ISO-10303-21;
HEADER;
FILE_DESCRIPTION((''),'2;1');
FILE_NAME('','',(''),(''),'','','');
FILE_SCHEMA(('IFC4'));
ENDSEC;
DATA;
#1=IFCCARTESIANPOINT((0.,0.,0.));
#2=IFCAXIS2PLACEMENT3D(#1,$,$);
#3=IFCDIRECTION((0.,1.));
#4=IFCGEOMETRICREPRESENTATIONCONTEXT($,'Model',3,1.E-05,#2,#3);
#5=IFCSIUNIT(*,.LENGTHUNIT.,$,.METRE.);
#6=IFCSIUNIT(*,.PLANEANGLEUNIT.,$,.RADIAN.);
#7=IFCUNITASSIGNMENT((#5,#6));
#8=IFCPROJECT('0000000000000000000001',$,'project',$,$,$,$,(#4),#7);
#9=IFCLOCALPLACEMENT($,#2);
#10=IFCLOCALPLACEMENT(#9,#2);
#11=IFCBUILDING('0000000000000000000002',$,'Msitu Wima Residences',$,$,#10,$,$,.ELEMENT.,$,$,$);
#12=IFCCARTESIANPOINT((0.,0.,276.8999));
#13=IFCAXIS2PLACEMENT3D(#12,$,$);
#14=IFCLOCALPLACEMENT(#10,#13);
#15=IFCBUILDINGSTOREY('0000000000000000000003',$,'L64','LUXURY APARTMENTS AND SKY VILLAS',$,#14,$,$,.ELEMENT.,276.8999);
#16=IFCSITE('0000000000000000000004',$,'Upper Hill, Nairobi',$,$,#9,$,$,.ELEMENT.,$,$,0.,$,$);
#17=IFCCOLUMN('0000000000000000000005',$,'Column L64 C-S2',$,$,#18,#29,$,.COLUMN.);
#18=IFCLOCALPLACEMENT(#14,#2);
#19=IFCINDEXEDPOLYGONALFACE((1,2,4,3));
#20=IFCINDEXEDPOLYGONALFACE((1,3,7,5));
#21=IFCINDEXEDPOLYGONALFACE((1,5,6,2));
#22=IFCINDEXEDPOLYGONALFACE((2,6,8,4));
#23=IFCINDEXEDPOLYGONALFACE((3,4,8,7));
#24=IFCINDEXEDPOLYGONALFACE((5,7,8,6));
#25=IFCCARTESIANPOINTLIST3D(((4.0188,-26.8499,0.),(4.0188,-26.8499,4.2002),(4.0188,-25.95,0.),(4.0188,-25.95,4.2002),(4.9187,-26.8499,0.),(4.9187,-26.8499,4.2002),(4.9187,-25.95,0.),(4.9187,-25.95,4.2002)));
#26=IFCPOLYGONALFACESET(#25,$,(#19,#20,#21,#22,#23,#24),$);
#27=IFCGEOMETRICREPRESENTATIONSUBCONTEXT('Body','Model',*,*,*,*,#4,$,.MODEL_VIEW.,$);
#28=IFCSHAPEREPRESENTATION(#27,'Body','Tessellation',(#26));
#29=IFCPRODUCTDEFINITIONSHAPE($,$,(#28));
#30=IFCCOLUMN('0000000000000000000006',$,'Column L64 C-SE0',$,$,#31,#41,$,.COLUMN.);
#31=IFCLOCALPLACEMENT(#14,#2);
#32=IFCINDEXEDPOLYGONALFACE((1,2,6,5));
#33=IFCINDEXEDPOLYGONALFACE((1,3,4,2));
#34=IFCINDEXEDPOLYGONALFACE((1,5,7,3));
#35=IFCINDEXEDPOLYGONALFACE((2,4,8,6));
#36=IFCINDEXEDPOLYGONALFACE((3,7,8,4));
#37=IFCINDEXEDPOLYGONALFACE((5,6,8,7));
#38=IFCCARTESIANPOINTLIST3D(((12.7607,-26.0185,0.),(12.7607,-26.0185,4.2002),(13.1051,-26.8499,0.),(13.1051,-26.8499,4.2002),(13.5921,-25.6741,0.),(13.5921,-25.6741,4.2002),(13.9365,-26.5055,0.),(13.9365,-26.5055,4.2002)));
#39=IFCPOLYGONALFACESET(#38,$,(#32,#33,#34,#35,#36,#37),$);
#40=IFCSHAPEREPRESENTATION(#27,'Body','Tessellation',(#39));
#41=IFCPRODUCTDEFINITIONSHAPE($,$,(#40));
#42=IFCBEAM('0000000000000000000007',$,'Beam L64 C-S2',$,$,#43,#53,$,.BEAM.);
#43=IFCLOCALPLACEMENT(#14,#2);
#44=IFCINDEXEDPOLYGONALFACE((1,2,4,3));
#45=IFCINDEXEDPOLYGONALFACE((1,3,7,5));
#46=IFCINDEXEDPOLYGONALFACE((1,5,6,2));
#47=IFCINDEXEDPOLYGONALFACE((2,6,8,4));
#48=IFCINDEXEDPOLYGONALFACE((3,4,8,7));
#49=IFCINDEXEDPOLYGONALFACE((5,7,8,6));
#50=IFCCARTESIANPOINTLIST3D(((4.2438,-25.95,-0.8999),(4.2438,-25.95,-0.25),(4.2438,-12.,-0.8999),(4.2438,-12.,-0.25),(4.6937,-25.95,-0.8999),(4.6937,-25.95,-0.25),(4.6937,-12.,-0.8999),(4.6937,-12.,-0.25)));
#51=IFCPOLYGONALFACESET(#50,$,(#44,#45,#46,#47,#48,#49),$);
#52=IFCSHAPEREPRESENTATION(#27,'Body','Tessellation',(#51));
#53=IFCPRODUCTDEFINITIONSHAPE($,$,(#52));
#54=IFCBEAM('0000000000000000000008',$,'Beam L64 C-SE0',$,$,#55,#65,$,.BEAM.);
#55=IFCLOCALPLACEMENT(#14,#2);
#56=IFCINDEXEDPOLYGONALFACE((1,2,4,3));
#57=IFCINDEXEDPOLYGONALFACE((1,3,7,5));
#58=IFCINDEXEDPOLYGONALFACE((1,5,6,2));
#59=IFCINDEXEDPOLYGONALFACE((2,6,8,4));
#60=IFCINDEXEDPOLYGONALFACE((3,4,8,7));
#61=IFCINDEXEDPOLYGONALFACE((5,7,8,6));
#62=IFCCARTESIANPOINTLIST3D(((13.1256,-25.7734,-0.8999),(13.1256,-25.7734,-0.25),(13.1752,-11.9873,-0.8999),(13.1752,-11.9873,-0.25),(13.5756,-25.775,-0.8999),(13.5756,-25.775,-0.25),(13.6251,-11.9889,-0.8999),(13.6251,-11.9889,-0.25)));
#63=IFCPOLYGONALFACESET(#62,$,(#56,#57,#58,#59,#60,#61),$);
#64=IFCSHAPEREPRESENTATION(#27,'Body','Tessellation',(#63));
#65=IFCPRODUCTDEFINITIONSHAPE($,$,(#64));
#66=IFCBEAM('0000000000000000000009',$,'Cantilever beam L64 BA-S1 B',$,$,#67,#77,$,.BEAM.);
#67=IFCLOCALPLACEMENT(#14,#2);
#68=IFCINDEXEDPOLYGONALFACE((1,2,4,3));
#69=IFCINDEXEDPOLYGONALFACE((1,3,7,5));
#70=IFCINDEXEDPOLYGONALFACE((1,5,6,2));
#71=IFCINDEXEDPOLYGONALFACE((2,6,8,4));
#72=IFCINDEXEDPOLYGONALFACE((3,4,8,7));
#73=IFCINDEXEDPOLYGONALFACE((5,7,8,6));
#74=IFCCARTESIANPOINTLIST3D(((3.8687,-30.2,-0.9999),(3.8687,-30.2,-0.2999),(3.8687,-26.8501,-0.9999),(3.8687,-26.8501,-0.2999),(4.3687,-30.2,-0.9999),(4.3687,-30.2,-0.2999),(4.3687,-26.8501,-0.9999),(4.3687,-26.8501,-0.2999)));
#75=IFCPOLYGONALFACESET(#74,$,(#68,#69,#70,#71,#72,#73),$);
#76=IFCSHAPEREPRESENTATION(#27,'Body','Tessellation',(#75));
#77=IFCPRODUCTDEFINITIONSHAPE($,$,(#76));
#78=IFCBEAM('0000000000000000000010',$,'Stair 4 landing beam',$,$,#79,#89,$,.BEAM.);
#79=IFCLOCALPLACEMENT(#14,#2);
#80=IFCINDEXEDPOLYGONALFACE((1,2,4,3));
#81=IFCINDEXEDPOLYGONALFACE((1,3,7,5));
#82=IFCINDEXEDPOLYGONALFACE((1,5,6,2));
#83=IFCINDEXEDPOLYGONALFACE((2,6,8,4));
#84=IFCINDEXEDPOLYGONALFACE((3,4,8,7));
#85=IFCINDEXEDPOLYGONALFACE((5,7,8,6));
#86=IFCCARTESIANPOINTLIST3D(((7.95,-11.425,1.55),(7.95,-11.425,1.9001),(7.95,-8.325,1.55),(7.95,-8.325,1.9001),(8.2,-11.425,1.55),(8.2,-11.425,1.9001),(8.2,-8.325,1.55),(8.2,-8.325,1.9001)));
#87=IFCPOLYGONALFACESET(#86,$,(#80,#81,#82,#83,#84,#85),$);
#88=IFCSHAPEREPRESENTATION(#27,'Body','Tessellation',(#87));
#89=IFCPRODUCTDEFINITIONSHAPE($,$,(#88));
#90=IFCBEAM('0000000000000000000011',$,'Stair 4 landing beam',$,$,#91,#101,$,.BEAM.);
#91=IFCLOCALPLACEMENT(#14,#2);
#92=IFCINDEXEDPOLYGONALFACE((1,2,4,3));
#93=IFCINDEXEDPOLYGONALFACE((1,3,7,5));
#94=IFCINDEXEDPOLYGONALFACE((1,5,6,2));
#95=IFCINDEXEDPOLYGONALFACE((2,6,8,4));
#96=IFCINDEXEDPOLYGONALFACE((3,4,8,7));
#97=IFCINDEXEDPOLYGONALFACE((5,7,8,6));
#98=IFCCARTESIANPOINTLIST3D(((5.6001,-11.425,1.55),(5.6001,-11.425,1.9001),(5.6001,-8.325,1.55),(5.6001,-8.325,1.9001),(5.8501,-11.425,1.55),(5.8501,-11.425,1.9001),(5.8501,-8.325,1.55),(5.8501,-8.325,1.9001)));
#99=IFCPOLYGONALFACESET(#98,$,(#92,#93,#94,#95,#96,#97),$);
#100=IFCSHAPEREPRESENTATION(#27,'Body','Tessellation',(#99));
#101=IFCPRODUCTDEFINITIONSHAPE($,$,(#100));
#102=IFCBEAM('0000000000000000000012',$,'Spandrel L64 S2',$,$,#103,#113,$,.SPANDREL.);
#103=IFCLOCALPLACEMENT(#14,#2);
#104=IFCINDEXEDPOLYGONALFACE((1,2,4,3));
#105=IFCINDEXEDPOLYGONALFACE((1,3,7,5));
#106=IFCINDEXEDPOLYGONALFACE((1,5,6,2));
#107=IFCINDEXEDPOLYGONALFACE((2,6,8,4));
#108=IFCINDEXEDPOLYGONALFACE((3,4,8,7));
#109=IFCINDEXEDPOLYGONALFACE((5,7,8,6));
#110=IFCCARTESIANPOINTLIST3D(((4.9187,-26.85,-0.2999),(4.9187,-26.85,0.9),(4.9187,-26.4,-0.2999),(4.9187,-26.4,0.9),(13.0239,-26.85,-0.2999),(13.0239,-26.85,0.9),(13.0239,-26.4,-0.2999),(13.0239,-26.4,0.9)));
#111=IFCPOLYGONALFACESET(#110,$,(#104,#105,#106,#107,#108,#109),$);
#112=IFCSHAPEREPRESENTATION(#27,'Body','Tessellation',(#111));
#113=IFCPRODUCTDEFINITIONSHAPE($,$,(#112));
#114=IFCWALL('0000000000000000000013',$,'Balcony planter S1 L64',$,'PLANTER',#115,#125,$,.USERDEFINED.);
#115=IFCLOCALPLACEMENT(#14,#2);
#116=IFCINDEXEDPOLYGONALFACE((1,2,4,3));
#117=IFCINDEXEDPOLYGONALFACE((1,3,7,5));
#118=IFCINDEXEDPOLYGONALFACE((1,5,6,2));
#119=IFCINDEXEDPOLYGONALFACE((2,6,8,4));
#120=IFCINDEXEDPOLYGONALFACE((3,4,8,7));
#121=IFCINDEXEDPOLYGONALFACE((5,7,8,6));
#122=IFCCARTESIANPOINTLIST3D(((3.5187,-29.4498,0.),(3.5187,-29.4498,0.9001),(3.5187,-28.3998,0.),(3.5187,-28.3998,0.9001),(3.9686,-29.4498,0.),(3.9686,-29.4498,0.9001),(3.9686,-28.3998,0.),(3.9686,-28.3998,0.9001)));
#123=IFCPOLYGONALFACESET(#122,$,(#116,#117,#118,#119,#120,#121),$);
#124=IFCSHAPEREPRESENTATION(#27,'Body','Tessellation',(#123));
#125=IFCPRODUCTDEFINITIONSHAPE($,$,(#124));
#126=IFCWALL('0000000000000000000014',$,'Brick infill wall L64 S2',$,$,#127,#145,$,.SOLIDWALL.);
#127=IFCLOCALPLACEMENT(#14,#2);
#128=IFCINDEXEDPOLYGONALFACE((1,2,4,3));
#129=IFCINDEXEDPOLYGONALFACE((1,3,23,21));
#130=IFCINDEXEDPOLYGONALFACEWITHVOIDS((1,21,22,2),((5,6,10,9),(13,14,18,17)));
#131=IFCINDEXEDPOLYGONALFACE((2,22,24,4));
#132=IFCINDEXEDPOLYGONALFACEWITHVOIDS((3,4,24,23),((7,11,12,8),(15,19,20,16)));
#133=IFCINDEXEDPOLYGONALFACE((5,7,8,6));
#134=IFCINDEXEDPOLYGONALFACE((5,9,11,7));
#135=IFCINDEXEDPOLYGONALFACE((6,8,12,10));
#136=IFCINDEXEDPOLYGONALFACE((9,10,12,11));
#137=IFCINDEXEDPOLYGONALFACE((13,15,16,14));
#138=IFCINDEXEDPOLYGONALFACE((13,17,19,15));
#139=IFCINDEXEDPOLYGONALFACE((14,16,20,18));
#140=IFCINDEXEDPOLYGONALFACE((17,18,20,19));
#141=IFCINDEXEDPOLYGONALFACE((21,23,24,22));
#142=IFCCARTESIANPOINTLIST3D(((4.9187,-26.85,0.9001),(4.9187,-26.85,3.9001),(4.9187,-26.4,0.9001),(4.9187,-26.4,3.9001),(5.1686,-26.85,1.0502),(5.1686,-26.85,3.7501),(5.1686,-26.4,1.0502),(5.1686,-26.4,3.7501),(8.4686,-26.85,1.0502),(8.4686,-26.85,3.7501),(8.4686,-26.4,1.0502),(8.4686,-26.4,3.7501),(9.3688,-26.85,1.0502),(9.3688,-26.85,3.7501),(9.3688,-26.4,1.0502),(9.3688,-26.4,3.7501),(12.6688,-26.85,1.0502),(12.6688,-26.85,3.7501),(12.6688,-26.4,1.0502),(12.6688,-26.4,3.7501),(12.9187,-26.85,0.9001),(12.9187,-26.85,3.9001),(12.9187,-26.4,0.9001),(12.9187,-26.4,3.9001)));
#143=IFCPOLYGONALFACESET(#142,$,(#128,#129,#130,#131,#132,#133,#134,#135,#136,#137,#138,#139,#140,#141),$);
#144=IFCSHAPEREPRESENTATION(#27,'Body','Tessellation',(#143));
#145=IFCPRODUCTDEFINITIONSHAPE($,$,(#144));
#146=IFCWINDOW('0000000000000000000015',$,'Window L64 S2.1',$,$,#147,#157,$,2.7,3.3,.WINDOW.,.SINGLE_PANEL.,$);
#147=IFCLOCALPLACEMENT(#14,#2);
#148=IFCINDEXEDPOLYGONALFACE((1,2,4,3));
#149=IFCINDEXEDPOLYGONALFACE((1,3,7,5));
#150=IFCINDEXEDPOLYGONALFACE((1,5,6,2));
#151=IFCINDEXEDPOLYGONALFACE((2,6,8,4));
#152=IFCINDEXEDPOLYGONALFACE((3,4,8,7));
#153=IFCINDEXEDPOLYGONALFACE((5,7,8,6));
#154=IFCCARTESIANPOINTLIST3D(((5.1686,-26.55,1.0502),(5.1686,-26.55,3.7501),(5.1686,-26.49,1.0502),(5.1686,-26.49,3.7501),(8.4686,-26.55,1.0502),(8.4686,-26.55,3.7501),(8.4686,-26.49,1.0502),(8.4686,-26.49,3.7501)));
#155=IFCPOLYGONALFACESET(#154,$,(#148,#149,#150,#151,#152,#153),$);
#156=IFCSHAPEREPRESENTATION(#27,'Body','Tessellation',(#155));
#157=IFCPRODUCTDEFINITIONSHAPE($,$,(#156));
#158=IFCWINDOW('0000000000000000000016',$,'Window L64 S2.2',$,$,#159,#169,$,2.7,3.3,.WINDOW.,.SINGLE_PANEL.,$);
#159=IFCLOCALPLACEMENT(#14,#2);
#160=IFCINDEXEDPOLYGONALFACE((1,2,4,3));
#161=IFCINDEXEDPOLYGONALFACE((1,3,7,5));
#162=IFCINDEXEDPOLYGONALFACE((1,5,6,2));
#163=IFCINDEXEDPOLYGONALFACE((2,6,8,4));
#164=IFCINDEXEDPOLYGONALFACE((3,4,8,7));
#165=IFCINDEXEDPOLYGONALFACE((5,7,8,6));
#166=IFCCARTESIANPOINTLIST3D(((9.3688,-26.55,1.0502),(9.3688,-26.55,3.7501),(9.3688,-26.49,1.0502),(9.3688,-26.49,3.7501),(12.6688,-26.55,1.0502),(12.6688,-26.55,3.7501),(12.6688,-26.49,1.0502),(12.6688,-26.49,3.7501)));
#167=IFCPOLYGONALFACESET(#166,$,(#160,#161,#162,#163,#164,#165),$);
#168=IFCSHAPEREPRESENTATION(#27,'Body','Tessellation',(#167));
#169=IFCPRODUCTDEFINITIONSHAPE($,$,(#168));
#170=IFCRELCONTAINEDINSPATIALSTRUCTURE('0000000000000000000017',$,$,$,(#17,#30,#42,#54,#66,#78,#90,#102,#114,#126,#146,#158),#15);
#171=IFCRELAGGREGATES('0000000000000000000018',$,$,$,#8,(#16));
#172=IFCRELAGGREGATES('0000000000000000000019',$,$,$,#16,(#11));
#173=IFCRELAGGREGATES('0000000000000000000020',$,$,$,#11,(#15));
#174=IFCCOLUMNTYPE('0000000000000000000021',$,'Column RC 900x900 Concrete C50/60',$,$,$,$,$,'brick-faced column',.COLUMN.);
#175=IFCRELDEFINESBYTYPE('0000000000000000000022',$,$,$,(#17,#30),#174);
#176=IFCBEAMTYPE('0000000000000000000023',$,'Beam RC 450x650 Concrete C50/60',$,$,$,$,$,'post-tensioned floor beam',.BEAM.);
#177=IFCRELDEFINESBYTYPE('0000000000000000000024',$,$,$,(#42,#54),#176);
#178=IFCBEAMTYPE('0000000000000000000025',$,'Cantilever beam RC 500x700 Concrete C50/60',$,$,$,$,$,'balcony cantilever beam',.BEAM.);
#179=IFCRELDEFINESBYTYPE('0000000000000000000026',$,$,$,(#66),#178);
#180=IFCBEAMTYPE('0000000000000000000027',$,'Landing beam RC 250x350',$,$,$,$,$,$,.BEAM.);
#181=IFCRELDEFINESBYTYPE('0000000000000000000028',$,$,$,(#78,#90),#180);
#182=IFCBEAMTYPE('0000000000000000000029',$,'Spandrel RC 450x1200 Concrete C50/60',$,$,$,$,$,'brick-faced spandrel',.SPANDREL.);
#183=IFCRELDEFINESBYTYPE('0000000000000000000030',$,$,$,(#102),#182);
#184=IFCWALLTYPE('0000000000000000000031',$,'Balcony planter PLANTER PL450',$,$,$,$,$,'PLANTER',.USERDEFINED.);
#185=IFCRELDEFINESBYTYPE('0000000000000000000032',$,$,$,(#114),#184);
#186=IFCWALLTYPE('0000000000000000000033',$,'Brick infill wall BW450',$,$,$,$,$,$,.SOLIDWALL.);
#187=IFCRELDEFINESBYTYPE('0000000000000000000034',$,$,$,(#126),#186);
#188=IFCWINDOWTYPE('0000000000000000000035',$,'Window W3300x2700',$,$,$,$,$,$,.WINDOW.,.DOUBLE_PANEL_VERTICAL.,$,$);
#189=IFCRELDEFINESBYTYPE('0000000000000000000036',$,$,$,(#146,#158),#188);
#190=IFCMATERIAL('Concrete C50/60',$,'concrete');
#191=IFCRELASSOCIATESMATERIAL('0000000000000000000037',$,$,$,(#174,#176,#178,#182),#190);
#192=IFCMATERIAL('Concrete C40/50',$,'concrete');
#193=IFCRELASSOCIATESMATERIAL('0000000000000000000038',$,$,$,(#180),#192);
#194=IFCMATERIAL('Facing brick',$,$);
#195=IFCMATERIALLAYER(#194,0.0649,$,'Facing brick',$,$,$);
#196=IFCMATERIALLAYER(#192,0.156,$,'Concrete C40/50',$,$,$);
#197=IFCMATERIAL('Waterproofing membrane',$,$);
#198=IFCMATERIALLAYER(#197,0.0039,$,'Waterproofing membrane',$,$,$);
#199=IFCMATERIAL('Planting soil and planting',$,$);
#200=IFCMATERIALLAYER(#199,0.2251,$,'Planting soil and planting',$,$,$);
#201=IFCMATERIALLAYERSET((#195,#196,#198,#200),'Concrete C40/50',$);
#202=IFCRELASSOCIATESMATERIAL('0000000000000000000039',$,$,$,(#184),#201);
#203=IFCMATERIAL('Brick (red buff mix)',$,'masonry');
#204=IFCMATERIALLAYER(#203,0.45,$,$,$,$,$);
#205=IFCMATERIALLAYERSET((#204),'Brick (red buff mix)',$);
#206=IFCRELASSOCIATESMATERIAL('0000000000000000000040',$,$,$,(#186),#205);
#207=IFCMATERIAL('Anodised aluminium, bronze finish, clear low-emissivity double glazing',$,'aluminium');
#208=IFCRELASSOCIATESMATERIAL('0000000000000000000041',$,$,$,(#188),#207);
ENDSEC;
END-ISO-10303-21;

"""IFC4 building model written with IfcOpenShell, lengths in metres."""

from ifc_helpers import new_model, si_unit, direction, frame, frame_2d, origin, origin_2d, place, context, subcontext, project, spatial, rectangle, extrude, material, layer, layer_set, material_profile, profile_set, type_object, element, fill, save


model = new_model("IFC4")

# Units and contexts
model_context = context("Model", 3, precision=1e-05, world=origin(), true_north=direction((0.0, 1.0)))
body_context = subcontext(model_context, "Body", "Model", "MODEL_VIEW")
ifc_project = project(units=[si_unit("LENGTHUNIT", "METRE"), si_unit("PLANEANGLEUNIT", "RADIAN")], contexts=[model_context])

# Site, building, storey
site_placement = place(None, origin())
site = spatial("IfcSite", under=ifc_project, at=site_placement, Name="Upper Hill, Nairobi", CompositionType="ELEMENT", RefElevation=0.0)
building_placement = place(site_placement, origin())
building = spatial("IfcBuilding", under=site, at=building_placement, Name="Msitu Wima Residences", CompositionType="ELEMENT")
storey_placement = place(building_placement, frame((0.0, 0.0, 276.8999)))
storey = spatial("IfcBuildingStorey", under=building, at=storey_placement, Name="L64", Description="LUXURY APARTMENTS AND SKY VILLAS", CompositionType="ELEMENT", Elevation=276.8999)

# Columns
ifc_material_1 = material(Name="Concrete C50/60", Category="concrete")
ifc_material_profile_1 = material_profile(ifc_material_1, rectangle(XDim=0.8999, YDim=0.8999, at=origin_2d()), Name="RC 900x900")
ifc_profile_set_1 = profile_set([ifc_material_profile_1], Name="Concrete C50/60")
column_type = type_object("IfcColumnType", Name="Column RC 900x900 Concrete C50/60", ElementType="brick-faced column", PredefinedType="COLUMN", material=ifc_profile_set_1)
for number, where, z_axis, x_axis, name in (
    (1, (4.4688, -26.3999, 0.0), (0.0, 0.0, 1.0), (1.0, 0.0, 0.0), "Column L64 C-S2"),
    (2, (13.3486, -26.262, 0.0), (0.0, 0.0, 1.0), (0.92388, 0.382683, 0.0), "Column L64 C-SE0"),
):
    element("IfcColumn", number, at=place(storey_placement, frame(where, z_axis=z_axis, x_axis=x_axis)), inside=storey, type_object=column_type, Name=name, PredefinedType="COLUMN", context=body_context, shape_type="SweptSolid", body=[
        extrude(rectangle(XDim=0.8999, YDim=0.8999, at=origin_2d()), origin(), (0.0, 0.0, 1.0), 4.2002),
    ])

# Beams
ifc_material_profile_2 = material_profile(ifc_material_1, rectangle(XDim=0.45, YDim=0.6499, at=origin_2d()), Name="RC 450x650")
ifc_profile_set_2 = profile_set([ifc_material_profile_2], Name="Concrete C50/60")
beam_type_1 = type_object("IfcBeamType", Name="Beam RC 450x650 Concrete C50/60", ElementType="post-tensioned floor beam", PredefinedType="BEAM", material=ifc_profile_set_2)
beam_1_placement = place(storey_placement, frame((4.4688, -25.95, -0.575), z_axis=(0.0, 1.0, 0.0), x_axis=(-1.0, 0.0, 0.0)))
element("IfcBeam", 3, at=beam_1_placement, inside=storey, type_object=beam_type_1, Name="Beam L64 C-S2", PredefinedType="BEAM", context=body_context, shape_type="SweptSolid", body=[
    extrude(rectangle(XDim=0.45, YDim=0.6499, at=origin_2d()), origin(), (0.0, 0.0, 1.0), 13.95),
])
beam_2_placement = place(storey_placement, frame((13.3506, -25.7742, -0.575), z_axis=(0.003595, 0.999994, 0.0), x_axis=(-0.999994, 0.003595, 0.0)))
element("IfcBeam", 4, at=beam_2_placement, inside=storey, type_object=beam_type_1, Name="Beam L64 C-SE0", PredefinedType="BEAM", context=body_context, shape_type="SweptSolid", body=[
    extrude(rectangle(XDim=0.45, YDim=0.6499, at=origin_2d()), origin(), (0.0, 0.0, 1.0), 13.7861),
])
ifc_material_profile_3 = material_profile(ifc_material_1, rectangle(XDim=0.5, YDim=0.7, at=origin_2d()), Name="RC 500x700")
ifc_profile_set_3 = profile_set([ifc_material_profile_3], Name="Concrete C50/60")
beam_type_2 = type_object("IfcBeamType", Name="Cantilever beam RC 500x700 Concrete C50/60", ElementType="balcony cantilever beam", PredefinedType="BEAM", material=ifc_profile_set_3)
beam_3_placement = place(storey_placement, frame((4.1187, -26.8501, -0.6499), z_axis=(0.0, -1.0, 0.0), x_axis=(1.0, 0.0, 0.0)))
element("IfcBeam", 5, at=beam_3_placement, inside=storey, type_object=beam_type_2, Name="Cantilever beam L64 BA-S1 B", PredefinedType="BEAM", context=body_context, shape_type="SweptSolid", body=[
    extrude(rectangle(XDim=0.5, YDim=0.7, at=origin_2d()), origin(), (0.0, 0.0, 1.0), 3.3499),
])
ifc_material_2 = material(Name="Concrete C40/50", Category="concrete")
ifc_material_profile_4 = material_profile(ifc_material_2, rectangle(XDim=0.25, YDim=0.3501, at=origin_2d()), Name="RC 250x350")
ifc_profile_set_4 = profile_set([ifc_material_profile_4], Name="Concrete C40/50")
beam_type_3 = type_object("IfcBeamType", Name="Landing beam RC 250x350", PredefinedType="BEAM", material=ifc_profile_set_4)
for number, where, z_axis, x_axis, name in (
    (6, (8.075, -11.425, 1.7251), (0.0, 1.0, 0.0), (-1.0, 0.0, 0.0), "Stair 4 landing beam"),
    (7, (5.7251, -11.425, 1.7251), (0.0, 1.0, 0.0), (-1.0, 0.0, 0.0), "Stair 4 landing beam"),
):
    element("IfcBeam", number, at=place(storey_placement, frame(where, z_axis=z_axis, x_axis=x_axis)), inside=storey, type_object=beam_type_3, Name=name, PredefinedType="BEAM", context=body_context, shape_type="SweptSolid", body=[
        extrude(rectangle(XDim=0.25, YDim=0.3501, at=origin_2d()), origin(), (0.0, 0.0, 1.0), 3.1001),
    ])
ifc_material_profile_5 = material_profile(ifc_material_1, rectangle(XDim=0.45, YDim=1.2, at=origin_2d()), Name="RC 450x1200")
ifc_profile_set_5 = profile_set([ifc_material_profile_5], Name="Concrete C50/60")
beam_type_4 = type_object("IfcBeamType", Name="Spandrel RC 450x1200 Concrete C50/60", ElementType="brick-faced spandrel", PredefinedType="SPANDREL", material=ifc_profile_set_5)
beam_4_placement = place(storey_placement, frame((4.9187, -26.625, 0.3), z_axis=(1.0, 0.0, 0.0), x_axis=(0.0, 1.0, 0.0)))
element("IfcBeam", 8, at=beam_4_placement, inside=storey, type_object=beam_type_4, Name="Spandrel L64 S2", PredefinedType="SPANDREL", context=body_context, shape_type="SweptSolid", body=[
    extrude(rectangle(XDim=0.45, YDim=1.2, at=origin_2d()), origin(), (0.0, 0.0, 1.0), 8.1052),
])

# Wall
ifc_material_3 = material(Name="Facing brick")
ifc_layer_1 = layer(ifc_material_3, 0.0649, Name="Facing brick")
ifc_layer_2 = layer(ifc_material_2, 0.156, Name="Concrete C40/50")
ifc_material_4 = material(Name="Waterproofing membrane")
ifc_layer_3 = layer(ifc_material_4, 0.0039, Name="Waterproofing membrane")
ifc_material_5 = material(Name="Planting soil and planting")
ifc_layer_4 = layer(ifc_material_5, 0.2251, Name="Planting soil and planting")
ifc_layer_set_1 = layer_set([ifc_layer_1, ifc_layer_2, ifc_layer_3, ifc_layer_4], Name="Concrete C40/50")
wall_type_1 = type_object("IfcWallType", Name="Balcony planter PLANTER PL450", ElementType="PLANTER", PredefinedType="USERDEFINED", material=ifc_layer_set_1)
wall_1_placement = place(storey_placement, frame((3.7437, -28.3999, 0.0), z_axis=(0.0, 0.0, 1.0), x_axis=(0.0, -1.0, 0.0)))
element("IfcWall", 9, at=wall_1_placement, inside=storey, type_object=wall_type_1, Name="Balcony planter S1 L64", ObjectType="PLANTER", PredefinedType="USERDEFINED", context=body_context, shape_type="SweptSolid", body=[
    extrude(rectangle(XDim=1.05, YDim=0.45, at=frame_2d((0.5249, 0.0))), origin(), (0.0, 0.0, 1.0), 0.9001),
])

# Wall, openings, windows
ifc_material_6 = material(Name="Brick (red buff mix)", Category="masonry")
ifc_layer_5 = layer(ifc_material_6, 0.45)
ifc_layer_set_2 = layer_set([ifc_layer_5], Name="Brick (red buff mix)")
wall_type_2 = type_object("IfcWallType", Name="Brick infill wall BW450", PredefinedType="SOLIDWALL", material=ifc_layer_set_2)
wall_2_placement = place(storey_placement, frame((4.9187, -26.625, 0.9001), z_axis=(0.0, 0.0, 1.0), x_axis=(1.0, 0.0, 0.0)))
wall_2 = element("IfcWall", 10, at=wall_2_placement, inside=storey, type_object=wall_type_2, Name="Brick infill wall L64 S2", PredefinedType="SOLIDWALL", context=body_context, shape_type="SweptSolid", body=[
    extrude(rectangle(XDim=8.0, YDim=0.45, at=frame_2d((4.0, 0.0))), origin(), (0.0, 0.0, 1.0), 3.0),
])
opening_1_placement = place(wall_2_placement, frame((0.25, 0.0, 0.1499)))
opening_1 = element("IfcOpeningElement", 11, at=opening_1_placement, cuts=wall_2, PredefinedType="OPENING", context=body_context, shape_type="SweptSolid", body=[
    extrude(rectangle(XDim=3.3, YDim=2.7, at=frame_2d((1.6499, 1.3501))), frame((0.0, 0.2349, 0.0), z_axis=(0.0, -1.0, 0.0), x_axis=(1.0, 0.0, 0.0)), (0.0, 0.0, 1.0), 0.47),
])
opening_2_placement = place(wall_2_placement, frame((4.4502, 0.0, 0.1499)))
opening_2 = element("IfcOpeningElement", 12, at=opening_2_placement, cuts=wall_2, PredefinedType="OPENING", context=body_context, shape_type="SweptSolid", body=[
    extrude(rectangle(XDim=3.3, YDim=2.7, at=frame_2d((1.6499, 1.3501))), frame((0.0, 0.2349, 0.0), z_axis=(0.0, -1.0, 0.0), x_axis=(1.0, 0.0, 0.0)), (0.0, 0.0, 1.0), 0.47),
])
ifc_material_7 = material(Name="Anodised aluminium, bronze finish, clear low-emissivity double glazing", Category="aluminium")
window_type = type_object("IfcWindowType", Name="Window W3300x2700", PartitioningType="DOUBLE_PANEL_VERTICAL", PredefinedType="WINDOW", material=ifc_material_7)
window_1_placement = place(opening_1_placement, origin())
window_1 = element("IfcWindow", 13, at=window_1_placement, inside=storey, type_object=window_type, Name="Window L64 S2.1", OverallHeight=2.7, OverallWidth=3.3, PartitioningType="SINGLE_PANEL", PredefinedType="WINDOW", context=body_context, shape_type="SweptSolid", body=[
    extrude(rectangle(XDim=3.3, YDim=2.7, at=frame_2d((1.6499, 1.3501))), frame((0.0, 0.135, 0.0), z_axis=(0.0, -1.0, 0.0), x_axis=(1.0, 0.0, 0.0)), (0.0, 0.0, 1.0), 0.0601),
])
fill(opening_1, window_1)
window_2_placement = place(opening_2_placement, origin())
window_2 = element("IfcWindow", 14, at=window_2_placement, inside=storey, type_object=window_type, Name="Window L64 S2.2", OverallHeight=2.7, OverallWidth=3.3, PartitioningType="SINGLE_PANEL", PredefinedType="WINDOW", context=body_context, shape_type="SweptSolid", body=[
    extrude(rectangle(XDim=3.3, YDim=2.7, at=frame_2d((1.6499, 1.3501))), frame((0.0, 0.135, 0.0), z_axis=(0.0, -1.0, 0.0), x_axis=(1.0, 0.0, 0.0)), (0.0, 0.0, 1.0), 0.0601),
])
fill(opening_2, window_2)

save(model, "model.ifc")
